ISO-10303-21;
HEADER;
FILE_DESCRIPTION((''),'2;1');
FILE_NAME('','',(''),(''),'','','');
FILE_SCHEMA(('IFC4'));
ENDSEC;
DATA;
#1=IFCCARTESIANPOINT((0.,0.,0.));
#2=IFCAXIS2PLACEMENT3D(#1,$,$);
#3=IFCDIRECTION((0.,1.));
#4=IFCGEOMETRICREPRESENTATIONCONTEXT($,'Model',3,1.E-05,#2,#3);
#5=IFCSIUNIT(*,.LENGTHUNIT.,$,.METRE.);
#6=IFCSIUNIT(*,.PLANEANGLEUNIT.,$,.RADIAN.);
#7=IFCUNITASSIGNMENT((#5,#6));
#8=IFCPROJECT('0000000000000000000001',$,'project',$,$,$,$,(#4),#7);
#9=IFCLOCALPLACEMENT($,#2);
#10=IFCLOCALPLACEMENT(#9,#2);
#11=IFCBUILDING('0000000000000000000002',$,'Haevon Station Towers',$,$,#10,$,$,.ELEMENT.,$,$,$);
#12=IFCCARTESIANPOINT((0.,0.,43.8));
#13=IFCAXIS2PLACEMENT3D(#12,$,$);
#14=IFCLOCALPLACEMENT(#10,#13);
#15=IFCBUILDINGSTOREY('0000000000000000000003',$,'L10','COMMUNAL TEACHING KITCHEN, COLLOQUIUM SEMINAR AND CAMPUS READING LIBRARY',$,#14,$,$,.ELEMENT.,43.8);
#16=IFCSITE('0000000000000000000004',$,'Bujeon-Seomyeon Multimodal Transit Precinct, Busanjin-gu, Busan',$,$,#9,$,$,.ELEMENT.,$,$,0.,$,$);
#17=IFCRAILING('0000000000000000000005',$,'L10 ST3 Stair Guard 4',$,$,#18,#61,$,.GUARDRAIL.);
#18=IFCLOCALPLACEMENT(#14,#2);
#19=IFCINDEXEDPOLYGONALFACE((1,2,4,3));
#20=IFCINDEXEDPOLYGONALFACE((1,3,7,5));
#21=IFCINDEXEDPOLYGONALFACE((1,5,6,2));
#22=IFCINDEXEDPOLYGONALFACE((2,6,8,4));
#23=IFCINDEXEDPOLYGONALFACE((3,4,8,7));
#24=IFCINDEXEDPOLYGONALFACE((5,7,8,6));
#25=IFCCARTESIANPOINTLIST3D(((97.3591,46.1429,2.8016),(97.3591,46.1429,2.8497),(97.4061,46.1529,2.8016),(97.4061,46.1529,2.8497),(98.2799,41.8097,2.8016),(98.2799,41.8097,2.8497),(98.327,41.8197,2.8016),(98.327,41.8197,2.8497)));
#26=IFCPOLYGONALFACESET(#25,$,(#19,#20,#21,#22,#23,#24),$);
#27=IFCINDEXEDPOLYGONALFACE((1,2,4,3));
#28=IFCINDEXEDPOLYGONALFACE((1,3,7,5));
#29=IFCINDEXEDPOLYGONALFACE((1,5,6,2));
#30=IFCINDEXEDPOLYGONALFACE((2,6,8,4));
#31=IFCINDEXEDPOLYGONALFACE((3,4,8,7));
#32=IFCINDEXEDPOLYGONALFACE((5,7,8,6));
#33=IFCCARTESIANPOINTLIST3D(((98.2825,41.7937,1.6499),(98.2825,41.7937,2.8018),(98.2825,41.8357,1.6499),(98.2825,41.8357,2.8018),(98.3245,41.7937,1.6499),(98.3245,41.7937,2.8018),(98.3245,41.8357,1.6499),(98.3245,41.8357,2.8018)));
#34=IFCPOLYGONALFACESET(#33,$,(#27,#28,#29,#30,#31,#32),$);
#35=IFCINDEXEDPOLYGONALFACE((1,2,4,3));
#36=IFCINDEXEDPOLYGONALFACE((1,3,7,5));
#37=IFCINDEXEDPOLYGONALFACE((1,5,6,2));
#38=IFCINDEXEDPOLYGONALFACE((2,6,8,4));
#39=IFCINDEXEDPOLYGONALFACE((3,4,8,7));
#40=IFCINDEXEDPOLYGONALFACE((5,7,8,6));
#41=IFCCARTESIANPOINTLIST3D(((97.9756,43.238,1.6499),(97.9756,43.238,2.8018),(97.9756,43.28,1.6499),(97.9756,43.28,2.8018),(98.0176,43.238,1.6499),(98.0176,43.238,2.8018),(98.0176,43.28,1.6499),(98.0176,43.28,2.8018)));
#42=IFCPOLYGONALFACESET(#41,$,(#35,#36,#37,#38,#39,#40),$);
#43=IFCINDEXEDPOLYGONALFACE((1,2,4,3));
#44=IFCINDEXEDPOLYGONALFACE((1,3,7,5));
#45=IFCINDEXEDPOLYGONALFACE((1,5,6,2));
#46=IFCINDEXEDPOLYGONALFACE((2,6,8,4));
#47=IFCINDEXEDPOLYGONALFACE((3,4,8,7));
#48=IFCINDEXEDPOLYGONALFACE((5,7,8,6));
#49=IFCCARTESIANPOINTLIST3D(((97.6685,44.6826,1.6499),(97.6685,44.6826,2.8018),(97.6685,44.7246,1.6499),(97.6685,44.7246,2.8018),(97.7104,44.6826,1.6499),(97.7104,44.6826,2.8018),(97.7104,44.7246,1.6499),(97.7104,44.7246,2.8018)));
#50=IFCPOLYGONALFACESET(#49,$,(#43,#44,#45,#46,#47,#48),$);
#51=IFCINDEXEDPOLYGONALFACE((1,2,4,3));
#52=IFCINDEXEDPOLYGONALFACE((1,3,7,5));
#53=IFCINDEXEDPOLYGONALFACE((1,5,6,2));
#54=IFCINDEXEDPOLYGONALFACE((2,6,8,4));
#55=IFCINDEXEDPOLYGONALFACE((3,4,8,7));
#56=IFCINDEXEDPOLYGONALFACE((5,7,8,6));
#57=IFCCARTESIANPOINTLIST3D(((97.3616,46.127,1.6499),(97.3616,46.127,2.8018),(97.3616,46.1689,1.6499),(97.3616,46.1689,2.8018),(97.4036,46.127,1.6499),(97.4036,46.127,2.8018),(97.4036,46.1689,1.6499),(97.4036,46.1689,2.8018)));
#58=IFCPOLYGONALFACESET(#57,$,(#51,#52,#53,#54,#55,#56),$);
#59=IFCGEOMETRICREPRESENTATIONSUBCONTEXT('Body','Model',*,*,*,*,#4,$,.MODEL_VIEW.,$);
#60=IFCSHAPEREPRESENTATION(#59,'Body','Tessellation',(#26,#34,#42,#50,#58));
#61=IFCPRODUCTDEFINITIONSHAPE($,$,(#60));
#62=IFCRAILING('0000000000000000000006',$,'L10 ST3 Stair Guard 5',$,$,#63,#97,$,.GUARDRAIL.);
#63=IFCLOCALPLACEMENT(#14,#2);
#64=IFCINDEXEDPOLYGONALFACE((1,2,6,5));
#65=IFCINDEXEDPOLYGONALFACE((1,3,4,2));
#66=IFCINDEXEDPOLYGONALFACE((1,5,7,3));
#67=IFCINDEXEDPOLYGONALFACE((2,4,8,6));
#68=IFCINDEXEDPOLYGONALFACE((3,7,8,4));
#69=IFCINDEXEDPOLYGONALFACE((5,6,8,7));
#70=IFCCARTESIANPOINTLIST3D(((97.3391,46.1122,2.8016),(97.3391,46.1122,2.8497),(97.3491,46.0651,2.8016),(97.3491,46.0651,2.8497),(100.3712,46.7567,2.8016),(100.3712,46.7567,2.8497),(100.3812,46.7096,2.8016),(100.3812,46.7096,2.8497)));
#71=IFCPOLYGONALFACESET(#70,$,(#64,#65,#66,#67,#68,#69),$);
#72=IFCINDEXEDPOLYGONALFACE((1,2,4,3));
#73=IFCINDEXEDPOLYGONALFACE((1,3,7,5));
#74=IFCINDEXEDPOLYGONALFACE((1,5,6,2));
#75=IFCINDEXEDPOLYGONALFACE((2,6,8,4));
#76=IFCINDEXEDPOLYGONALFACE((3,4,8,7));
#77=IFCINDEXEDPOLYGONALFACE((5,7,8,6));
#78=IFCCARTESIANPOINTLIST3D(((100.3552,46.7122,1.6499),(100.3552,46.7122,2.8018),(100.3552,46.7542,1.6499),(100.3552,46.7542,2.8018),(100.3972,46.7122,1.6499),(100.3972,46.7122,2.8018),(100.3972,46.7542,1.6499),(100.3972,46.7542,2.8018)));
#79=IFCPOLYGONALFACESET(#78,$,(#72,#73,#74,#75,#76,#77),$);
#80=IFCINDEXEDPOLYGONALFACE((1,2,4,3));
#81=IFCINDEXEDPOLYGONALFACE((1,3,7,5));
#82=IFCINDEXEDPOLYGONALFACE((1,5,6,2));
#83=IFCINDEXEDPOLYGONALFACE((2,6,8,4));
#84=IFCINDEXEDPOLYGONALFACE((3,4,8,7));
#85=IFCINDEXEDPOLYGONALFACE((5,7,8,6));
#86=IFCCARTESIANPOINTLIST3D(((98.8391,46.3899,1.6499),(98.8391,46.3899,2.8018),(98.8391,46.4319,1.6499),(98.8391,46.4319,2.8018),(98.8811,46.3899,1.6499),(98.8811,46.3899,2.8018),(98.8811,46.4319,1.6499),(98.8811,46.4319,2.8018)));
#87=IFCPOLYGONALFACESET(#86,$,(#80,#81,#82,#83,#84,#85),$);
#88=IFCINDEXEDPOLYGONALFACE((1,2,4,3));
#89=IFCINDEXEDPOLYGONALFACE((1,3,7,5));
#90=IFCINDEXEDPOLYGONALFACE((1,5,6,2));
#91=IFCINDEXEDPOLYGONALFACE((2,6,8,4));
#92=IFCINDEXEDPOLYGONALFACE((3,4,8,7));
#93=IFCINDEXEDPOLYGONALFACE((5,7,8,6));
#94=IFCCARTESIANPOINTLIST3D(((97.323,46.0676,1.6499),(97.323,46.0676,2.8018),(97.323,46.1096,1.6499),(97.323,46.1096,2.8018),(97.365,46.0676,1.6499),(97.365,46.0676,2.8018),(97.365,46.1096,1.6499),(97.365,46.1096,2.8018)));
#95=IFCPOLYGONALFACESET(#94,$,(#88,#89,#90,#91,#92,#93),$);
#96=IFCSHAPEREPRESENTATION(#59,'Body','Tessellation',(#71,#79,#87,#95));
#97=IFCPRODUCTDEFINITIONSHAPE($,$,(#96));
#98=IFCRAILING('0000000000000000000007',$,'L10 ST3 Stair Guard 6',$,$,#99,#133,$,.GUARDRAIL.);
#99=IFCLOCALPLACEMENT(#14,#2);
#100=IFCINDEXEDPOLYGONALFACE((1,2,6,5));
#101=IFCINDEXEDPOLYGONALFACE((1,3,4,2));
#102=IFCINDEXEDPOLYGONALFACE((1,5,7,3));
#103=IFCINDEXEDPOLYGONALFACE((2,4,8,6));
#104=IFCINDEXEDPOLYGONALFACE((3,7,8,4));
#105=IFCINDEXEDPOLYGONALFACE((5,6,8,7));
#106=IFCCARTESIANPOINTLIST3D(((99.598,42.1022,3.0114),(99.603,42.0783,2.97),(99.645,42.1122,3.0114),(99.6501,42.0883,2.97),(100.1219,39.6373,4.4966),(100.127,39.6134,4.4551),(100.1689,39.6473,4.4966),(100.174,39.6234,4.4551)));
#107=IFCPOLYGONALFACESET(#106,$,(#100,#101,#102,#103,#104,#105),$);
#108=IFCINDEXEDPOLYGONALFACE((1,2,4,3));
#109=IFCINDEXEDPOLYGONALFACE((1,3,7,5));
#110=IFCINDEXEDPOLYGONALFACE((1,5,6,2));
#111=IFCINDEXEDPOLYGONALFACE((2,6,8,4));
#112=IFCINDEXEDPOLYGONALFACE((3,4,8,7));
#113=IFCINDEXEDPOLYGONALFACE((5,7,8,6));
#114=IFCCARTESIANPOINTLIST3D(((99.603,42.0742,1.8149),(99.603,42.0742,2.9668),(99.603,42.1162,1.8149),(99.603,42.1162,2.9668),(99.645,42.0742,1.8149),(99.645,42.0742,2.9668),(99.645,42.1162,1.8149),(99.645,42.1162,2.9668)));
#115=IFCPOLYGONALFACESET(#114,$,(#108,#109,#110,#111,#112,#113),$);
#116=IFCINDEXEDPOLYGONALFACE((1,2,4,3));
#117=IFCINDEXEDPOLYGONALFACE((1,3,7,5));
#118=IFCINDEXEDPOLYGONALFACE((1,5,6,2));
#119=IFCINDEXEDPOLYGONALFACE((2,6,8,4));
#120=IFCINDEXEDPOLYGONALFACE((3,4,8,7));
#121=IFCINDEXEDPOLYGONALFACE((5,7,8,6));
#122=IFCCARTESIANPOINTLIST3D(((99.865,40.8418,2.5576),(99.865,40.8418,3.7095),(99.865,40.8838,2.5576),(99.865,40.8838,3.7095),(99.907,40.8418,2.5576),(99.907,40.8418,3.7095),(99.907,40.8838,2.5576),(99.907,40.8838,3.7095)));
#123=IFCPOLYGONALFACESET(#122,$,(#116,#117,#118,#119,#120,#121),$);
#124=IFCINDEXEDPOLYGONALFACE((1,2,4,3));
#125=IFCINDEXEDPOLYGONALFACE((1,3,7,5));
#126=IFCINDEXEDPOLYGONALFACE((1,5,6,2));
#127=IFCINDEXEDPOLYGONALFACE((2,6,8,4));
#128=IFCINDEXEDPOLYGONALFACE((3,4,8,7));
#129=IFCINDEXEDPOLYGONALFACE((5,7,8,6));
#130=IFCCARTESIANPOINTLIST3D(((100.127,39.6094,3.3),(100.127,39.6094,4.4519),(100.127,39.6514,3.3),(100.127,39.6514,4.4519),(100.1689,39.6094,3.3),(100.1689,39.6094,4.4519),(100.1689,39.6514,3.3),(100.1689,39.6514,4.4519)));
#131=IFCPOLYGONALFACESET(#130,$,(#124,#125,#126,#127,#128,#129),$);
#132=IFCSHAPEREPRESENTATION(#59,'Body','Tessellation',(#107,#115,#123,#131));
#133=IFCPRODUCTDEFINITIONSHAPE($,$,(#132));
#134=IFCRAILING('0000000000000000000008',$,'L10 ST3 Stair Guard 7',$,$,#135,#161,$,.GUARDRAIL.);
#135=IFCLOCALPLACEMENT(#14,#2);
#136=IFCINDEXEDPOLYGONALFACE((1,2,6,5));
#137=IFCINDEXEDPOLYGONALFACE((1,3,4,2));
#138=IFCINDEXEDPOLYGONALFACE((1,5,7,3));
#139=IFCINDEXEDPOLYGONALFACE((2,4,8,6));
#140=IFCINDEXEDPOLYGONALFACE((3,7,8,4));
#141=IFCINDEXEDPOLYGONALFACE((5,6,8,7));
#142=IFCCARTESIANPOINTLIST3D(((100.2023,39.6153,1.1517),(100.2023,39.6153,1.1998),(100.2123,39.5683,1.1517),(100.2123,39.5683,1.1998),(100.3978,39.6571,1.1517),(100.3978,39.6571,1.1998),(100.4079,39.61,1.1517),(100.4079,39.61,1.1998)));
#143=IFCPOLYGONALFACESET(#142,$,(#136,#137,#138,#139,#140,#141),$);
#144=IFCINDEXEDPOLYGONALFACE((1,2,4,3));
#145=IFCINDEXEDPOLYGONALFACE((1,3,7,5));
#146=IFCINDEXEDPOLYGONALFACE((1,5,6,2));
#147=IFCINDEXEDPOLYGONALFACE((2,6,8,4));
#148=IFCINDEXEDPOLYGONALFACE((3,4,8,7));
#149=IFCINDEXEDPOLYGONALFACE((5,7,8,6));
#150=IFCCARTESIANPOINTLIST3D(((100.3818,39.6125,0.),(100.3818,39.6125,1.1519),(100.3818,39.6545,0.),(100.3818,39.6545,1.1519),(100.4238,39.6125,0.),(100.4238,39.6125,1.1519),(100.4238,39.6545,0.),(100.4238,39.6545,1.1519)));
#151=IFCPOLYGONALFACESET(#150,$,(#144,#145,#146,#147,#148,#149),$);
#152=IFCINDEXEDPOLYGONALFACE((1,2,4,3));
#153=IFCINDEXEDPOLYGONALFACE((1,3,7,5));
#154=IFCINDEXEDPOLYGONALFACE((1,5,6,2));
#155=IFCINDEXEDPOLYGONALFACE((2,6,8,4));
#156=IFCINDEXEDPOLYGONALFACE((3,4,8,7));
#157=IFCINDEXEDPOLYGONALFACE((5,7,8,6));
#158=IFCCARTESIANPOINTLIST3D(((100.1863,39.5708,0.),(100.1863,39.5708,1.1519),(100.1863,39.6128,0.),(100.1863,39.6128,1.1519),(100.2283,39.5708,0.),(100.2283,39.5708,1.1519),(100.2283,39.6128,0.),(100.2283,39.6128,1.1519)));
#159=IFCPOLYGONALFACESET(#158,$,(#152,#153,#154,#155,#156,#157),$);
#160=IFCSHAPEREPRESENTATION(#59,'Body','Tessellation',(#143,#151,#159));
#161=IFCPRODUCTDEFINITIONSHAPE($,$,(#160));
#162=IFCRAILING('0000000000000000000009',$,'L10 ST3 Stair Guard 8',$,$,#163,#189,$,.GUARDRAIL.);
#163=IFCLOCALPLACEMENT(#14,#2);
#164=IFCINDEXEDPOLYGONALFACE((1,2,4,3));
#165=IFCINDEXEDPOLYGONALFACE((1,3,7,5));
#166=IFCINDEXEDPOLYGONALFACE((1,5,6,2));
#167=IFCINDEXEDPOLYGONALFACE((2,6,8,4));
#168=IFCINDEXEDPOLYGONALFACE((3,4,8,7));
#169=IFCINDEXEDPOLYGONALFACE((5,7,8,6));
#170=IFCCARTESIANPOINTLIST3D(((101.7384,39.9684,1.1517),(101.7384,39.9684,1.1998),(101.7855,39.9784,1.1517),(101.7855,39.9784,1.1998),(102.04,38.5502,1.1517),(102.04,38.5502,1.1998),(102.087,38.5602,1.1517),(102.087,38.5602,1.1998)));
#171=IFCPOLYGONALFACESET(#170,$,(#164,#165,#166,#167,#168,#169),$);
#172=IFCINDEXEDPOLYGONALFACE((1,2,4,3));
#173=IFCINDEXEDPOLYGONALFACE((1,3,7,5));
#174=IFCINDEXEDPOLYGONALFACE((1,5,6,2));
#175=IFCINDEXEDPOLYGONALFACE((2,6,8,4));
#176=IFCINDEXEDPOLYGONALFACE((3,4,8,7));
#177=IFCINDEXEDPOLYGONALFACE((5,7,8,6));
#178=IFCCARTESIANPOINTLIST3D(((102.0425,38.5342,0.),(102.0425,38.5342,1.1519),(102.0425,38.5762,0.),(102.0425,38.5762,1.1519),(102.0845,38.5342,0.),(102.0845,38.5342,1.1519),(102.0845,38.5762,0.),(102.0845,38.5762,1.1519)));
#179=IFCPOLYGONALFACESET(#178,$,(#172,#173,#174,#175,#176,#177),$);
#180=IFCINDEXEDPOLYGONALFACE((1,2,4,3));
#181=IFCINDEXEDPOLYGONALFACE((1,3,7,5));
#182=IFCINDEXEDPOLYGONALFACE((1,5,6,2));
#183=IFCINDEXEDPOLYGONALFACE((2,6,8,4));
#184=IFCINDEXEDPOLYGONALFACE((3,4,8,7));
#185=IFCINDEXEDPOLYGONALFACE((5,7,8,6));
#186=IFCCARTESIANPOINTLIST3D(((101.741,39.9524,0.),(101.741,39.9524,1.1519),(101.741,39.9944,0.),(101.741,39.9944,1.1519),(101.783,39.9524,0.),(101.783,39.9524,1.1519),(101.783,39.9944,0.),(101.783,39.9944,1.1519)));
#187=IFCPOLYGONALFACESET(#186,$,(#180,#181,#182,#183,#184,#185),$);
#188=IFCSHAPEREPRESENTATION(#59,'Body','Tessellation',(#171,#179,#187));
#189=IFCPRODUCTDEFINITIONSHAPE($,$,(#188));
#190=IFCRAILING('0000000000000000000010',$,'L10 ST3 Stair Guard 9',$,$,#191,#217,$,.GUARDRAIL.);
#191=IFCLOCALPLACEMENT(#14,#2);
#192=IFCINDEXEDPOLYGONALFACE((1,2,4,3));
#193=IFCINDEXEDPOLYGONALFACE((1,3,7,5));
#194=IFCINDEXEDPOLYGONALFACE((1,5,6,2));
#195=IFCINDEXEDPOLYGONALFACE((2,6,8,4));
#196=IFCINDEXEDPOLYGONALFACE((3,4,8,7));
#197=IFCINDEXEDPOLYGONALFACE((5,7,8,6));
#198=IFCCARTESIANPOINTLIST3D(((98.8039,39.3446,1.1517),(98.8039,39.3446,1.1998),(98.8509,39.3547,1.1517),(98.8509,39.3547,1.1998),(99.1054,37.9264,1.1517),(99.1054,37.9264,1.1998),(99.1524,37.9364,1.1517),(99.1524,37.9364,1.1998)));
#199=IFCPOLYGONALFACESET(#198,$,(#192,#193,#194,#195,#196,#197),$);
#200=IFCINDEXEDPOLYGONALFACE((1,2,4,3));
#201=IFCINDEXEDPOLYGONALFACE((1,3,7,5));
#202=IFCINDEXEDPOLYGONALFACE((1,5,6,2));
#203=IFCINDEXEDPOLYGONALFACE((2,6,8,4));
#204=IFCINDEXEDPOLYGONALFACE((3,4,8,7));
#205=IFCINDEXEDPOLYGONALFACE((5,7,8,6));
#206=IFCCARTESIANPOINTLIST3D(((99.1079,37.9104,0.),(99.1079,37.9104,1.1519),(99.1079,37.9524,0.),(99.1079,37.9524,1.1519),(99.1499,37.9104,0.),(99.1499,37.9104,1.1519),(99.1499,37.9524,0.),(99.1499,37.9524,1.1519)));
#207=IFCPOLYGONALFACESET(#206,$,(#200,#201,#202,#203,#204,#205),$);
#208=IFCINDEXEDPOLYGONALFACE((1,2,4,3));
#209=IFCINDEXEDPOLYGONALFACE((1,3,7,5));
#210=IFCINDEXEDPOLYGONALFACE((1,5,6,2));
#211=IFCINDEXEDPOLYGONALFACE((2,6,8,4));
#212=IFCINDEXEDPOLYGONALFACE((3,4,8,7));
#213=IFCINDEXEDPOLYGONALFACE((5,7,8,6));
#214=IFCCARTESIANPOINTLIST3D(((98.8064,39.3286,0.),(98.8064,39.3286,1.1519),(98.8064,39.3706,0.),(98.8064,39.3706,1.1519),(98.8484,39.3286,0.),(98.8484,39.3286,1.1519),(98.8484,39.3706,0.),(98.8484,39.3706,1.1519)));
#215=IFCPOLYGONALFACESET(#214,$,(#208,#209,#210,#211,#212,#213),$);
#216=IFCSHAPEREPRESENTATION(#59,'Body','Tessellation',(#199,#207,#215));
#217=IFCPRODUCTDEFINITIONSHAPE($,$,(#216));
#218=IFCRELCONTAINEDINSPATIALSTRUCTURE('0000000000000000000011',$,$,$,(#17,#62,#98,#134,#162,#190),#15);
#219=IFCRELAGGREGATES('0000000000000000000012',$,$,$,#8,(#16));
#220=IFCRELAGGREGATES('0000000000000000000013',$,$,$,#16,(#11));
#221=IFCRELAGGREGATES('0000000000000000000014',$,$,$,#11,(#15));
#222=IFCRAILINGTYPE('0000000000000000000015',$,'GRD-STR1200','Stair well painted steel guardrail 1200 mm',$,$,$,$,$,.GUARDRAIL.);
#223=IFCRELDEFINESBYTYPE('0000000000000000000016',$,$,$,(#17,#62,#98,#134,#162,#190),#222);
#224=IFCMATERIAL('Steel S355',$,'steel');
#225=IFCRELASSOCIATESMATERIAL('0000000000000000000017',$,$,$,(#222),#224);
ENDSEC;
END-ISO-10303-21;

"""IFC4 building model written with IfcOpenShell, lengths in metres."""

from ifc_helpers import new_model, si_unit, direction, frame, origin, origin_2d, place, context, subcontext, project, spatial, rectangle, extrude, material, type_object, element, save


model = new_model("IFC4")

# Units and contexts
model_context = context("Model", 3, precision=1e-05, world=origin(), true_north=direction((0.0, 1.0)))
body_context = subcontext(model_context, "Body", "Model", "MODEL_VIEW")
ifc_project = project(units=[si_unit("LENGTHUNIT", "METRE"), si_unit("PLANEANGLEUNIT", "RADIAN")], contexts=[model_context])

# Site, building, storey
site_placement = place(None, origin())
site = spatial("IfcSite", under=ifc_project, at=site_placement, Name="Bujeon-Seomyeon Multimodal Transit Precinct, Busanjin-gu, Busan", CompositionType="ELEMENT", RefElevation=0.0)
building_placement = place(site_placement, origin())
building = spatial("IfcBuilding", under=site, at=building_placement, Name="Haevon Station Towers", CompositionType="ELEMENT")
storey_placement = place(building_placement, frame((0.0, 0.0, 43.8)))
storey = spatial("IfcBuildingStorey", under=building, at=storey_placement, Name="L10", Description="COMMUNAL TEACHING KITCHEN, COLLOQUIUM SEMINAR AND CAMPUS READING LIBRARY", CompositionType="ELEMENT", Elevation=43.8)

# Shared definitions
ifc_material_1 = material(Name="Steel S355", Category="steel")

# Railings
railing_type_1 = type_object("IfcRailingType", Name="GRD-STR1200", Description="Stair well painted steel guardrail 1200 mm", PredefinedType="GUARDRAIL", material=ifc_material_1)
railing_1_placement = place(storey_placement, frame((98.3035, 41.8147, 1.6499)))
element("IfcRailing", 1, at=railing_1_placement, inside=storey, type_object=railing_type_1, Name="L10 ST3 Stair Guard 4", PredefinedType="GUARDRAIL", context=body_context, shape_type="SweptSolid", body=[
    extrude(rectangle(XDim=0.0481, YDim=0.0481, at=origin_2d()), frame((0.0, 0.0, 1.1758), z_axis=(-0.207877, 0.978155, 0.0), x_axis=(-0.978155, -0.207877, 0.0)), (0.0, 0.0, 1.0), 4.4299),
    extrude(rectangle(XDim=0.042, YDim=0.042, at=origin_2d()), origin(), (0.0, 0.0, 1.0), 1.1519),
    extrude(rectangle(XDim=0.042, YDim=0.042, at=origin_2d()), frame((-0.3069, 1.4443, 0.0)), (0.0, 0.0, 1.0), 1.1519),
    extrude(rectangle(XDim=0.042, YDim=0.042, at=origin_2d()), frame((-0.614, 2.8889, 0.0)), (0.0, 0.0, 1.0), 1.1519),
    extrude(rectangle(XDim=0.042, YDim=0.042, at=origin_2d()), frame((-0.9209, 4.3333, 0.0)), (0.0, 0.0, 1.0), 1.1519),
])
railing_2_placement = place(storey_placement, frame((100.3762, 46.7332, 1.6499)))
element("IfcRailing", 2, at=railing_2_placement, inside=storey, type_object=railing_type_1, Name="L10 ST3 Stair Guard 5", PredefinedType="GUARDRAIL", context=body_context, shape_type="SweptSolid", body=[
    extrude(rectangle(XDim=0.0481, YDim=0.0481, at=origin_2d()), frame((0.0, 0.0, 1.1758), z_axis=(-0.978147, -0.207915, 0.0), x_axis=(0.207915, -0.978147, 0.0)), (0.0, 0.0, 1.0), 3.0999),
    extrude(rectangle(XDim=0.042, YDim=0.042, at=origin_2d()), origin(), (0.0, 0.0, 1.0), 1.1519),
    extrude(rectangle(XDim=0.042, YDim=0.042, at=origin_2d()), frame((-1.5161, -0.3223, 0.0)), (0.0, 0.0, 1.0), 1.1519),
    extrude(rectangle(XDim=0.042, YDim=0.042, at=origin_2d()), frame((-3.0322, -0.6445, 0.0)), (0.0, 0.0, 1.0), 1.1519),
])
railing_3_placement = place(storey_placement, frame((99.624, 42.0952, 1.8149)))
element("IfcRailing", 3, at=railing_3_placement, inside=storey, type_object=railing_type_1, Name="L10 ST3 Stair Guard 6", PredefinedType="GUARDRAIL", context=body_context, shape_type="SweptSolid", body=[
    extrude(rectangle(XDim=0.0481, YDim=0.0481, at=origin_2d()), frame((0.0, 0.0, 1.1758), z_axis=(0.179121, -0.842688, 0.507733), x_axis=(0.978147, 0.207914, 0.0)), (0.0, 0.0, 1.0), 2.925),
    extrude(rectangle(XDim=0.042, YDim=0.042, at=origin_2d()), origin(), (0.0, 0.0, 1.0), 1.1519),
    extrude(rectangle(XDim=0.042, YDim=0.042, at=origin_2d()), frame((0.262, -1.2324, 0.7427)), (0.0, 0.0, 1.0), 1.1519),
    extrude(rectangle(XDim=0.042, YDim=0.042, at=origin_2d()), frame((0.5239, -2.4648, 1.4851)), (0.0, 0.0, 1.0), 1.1519),
])
railing_4_placement = place(storey_placement, frame((100.4028, 39.6335, 0.0)))
element("IfcRailing", 4, at=railing_4_placement, inside=storey, type_object=railing_type_1, Name="L10 ST3 Stair Guard 7", PredefinedType="GUARDRAIL", context=body_context, shape_type="SweptSolid", body=[
    extrude(rectangle(XDim=0.0481, YDim=0.0481, at=origin_2d()), frame((0.0, 0.0, 1.1758), z_axis=(-0.977963, -0.208779, 0.0), x_axis=(0.208779, -0.977963, 0.0)), (0.0, 0.0, 1.0), 0.2),
    extrude(rectangle(XDim=0.042, YDim=0.042, at=origin_2d()), origin(), (0.0, 0.0, 1.0), 1.1519),
    extrude(rectangle(XDim=0.042, YDim=0.042, at=origin_2d()), frame((-0.1956, -0.0417, 0.0)), (0.0, 0.0, 1.0), 1.1519),
])
for number, where, name in (
    (5, (102.0635, 38.5552, 0.0), "L10 ST3 Stair Guard 8"),
    (6, (99.1289, 37.9314, 0.0), "L10 ST3 Stair Guard 9"),
):
    element("IfcRailing", number, at=place(storey_placement, frame(where)), inside=storey, type_object=railing_type_1, Name=name, PredefinedType="GUARDRAIL", context=body_context, shape_type="SweptSolid", body=[
        extrude(rectangle(XDim=0.0481, YDim=0.0481, at=origin_2d()), frame((0.0, 0.0, 1.1758), z_axis=(-0.207953, 0.978139, 0.0), x_axis=(-0.978139, -0.207953, 0.0)), (0.0, 0.0, 1.0), 1.45),
        extrude(rectangle(XDim=0.042, YDim=0.042, at=origin_2d()), origin(), (0.0, 0.0, 1.0), 1.1519),
        extrude(rectangle(XDim=0.042, YDim=0.042, at=origin_2d()), frame((-0.3015, 1.4182, 0.0)), (0.0, 0.0, 1.0), 1.1519),
    ])

save(model, "model.ifc")
